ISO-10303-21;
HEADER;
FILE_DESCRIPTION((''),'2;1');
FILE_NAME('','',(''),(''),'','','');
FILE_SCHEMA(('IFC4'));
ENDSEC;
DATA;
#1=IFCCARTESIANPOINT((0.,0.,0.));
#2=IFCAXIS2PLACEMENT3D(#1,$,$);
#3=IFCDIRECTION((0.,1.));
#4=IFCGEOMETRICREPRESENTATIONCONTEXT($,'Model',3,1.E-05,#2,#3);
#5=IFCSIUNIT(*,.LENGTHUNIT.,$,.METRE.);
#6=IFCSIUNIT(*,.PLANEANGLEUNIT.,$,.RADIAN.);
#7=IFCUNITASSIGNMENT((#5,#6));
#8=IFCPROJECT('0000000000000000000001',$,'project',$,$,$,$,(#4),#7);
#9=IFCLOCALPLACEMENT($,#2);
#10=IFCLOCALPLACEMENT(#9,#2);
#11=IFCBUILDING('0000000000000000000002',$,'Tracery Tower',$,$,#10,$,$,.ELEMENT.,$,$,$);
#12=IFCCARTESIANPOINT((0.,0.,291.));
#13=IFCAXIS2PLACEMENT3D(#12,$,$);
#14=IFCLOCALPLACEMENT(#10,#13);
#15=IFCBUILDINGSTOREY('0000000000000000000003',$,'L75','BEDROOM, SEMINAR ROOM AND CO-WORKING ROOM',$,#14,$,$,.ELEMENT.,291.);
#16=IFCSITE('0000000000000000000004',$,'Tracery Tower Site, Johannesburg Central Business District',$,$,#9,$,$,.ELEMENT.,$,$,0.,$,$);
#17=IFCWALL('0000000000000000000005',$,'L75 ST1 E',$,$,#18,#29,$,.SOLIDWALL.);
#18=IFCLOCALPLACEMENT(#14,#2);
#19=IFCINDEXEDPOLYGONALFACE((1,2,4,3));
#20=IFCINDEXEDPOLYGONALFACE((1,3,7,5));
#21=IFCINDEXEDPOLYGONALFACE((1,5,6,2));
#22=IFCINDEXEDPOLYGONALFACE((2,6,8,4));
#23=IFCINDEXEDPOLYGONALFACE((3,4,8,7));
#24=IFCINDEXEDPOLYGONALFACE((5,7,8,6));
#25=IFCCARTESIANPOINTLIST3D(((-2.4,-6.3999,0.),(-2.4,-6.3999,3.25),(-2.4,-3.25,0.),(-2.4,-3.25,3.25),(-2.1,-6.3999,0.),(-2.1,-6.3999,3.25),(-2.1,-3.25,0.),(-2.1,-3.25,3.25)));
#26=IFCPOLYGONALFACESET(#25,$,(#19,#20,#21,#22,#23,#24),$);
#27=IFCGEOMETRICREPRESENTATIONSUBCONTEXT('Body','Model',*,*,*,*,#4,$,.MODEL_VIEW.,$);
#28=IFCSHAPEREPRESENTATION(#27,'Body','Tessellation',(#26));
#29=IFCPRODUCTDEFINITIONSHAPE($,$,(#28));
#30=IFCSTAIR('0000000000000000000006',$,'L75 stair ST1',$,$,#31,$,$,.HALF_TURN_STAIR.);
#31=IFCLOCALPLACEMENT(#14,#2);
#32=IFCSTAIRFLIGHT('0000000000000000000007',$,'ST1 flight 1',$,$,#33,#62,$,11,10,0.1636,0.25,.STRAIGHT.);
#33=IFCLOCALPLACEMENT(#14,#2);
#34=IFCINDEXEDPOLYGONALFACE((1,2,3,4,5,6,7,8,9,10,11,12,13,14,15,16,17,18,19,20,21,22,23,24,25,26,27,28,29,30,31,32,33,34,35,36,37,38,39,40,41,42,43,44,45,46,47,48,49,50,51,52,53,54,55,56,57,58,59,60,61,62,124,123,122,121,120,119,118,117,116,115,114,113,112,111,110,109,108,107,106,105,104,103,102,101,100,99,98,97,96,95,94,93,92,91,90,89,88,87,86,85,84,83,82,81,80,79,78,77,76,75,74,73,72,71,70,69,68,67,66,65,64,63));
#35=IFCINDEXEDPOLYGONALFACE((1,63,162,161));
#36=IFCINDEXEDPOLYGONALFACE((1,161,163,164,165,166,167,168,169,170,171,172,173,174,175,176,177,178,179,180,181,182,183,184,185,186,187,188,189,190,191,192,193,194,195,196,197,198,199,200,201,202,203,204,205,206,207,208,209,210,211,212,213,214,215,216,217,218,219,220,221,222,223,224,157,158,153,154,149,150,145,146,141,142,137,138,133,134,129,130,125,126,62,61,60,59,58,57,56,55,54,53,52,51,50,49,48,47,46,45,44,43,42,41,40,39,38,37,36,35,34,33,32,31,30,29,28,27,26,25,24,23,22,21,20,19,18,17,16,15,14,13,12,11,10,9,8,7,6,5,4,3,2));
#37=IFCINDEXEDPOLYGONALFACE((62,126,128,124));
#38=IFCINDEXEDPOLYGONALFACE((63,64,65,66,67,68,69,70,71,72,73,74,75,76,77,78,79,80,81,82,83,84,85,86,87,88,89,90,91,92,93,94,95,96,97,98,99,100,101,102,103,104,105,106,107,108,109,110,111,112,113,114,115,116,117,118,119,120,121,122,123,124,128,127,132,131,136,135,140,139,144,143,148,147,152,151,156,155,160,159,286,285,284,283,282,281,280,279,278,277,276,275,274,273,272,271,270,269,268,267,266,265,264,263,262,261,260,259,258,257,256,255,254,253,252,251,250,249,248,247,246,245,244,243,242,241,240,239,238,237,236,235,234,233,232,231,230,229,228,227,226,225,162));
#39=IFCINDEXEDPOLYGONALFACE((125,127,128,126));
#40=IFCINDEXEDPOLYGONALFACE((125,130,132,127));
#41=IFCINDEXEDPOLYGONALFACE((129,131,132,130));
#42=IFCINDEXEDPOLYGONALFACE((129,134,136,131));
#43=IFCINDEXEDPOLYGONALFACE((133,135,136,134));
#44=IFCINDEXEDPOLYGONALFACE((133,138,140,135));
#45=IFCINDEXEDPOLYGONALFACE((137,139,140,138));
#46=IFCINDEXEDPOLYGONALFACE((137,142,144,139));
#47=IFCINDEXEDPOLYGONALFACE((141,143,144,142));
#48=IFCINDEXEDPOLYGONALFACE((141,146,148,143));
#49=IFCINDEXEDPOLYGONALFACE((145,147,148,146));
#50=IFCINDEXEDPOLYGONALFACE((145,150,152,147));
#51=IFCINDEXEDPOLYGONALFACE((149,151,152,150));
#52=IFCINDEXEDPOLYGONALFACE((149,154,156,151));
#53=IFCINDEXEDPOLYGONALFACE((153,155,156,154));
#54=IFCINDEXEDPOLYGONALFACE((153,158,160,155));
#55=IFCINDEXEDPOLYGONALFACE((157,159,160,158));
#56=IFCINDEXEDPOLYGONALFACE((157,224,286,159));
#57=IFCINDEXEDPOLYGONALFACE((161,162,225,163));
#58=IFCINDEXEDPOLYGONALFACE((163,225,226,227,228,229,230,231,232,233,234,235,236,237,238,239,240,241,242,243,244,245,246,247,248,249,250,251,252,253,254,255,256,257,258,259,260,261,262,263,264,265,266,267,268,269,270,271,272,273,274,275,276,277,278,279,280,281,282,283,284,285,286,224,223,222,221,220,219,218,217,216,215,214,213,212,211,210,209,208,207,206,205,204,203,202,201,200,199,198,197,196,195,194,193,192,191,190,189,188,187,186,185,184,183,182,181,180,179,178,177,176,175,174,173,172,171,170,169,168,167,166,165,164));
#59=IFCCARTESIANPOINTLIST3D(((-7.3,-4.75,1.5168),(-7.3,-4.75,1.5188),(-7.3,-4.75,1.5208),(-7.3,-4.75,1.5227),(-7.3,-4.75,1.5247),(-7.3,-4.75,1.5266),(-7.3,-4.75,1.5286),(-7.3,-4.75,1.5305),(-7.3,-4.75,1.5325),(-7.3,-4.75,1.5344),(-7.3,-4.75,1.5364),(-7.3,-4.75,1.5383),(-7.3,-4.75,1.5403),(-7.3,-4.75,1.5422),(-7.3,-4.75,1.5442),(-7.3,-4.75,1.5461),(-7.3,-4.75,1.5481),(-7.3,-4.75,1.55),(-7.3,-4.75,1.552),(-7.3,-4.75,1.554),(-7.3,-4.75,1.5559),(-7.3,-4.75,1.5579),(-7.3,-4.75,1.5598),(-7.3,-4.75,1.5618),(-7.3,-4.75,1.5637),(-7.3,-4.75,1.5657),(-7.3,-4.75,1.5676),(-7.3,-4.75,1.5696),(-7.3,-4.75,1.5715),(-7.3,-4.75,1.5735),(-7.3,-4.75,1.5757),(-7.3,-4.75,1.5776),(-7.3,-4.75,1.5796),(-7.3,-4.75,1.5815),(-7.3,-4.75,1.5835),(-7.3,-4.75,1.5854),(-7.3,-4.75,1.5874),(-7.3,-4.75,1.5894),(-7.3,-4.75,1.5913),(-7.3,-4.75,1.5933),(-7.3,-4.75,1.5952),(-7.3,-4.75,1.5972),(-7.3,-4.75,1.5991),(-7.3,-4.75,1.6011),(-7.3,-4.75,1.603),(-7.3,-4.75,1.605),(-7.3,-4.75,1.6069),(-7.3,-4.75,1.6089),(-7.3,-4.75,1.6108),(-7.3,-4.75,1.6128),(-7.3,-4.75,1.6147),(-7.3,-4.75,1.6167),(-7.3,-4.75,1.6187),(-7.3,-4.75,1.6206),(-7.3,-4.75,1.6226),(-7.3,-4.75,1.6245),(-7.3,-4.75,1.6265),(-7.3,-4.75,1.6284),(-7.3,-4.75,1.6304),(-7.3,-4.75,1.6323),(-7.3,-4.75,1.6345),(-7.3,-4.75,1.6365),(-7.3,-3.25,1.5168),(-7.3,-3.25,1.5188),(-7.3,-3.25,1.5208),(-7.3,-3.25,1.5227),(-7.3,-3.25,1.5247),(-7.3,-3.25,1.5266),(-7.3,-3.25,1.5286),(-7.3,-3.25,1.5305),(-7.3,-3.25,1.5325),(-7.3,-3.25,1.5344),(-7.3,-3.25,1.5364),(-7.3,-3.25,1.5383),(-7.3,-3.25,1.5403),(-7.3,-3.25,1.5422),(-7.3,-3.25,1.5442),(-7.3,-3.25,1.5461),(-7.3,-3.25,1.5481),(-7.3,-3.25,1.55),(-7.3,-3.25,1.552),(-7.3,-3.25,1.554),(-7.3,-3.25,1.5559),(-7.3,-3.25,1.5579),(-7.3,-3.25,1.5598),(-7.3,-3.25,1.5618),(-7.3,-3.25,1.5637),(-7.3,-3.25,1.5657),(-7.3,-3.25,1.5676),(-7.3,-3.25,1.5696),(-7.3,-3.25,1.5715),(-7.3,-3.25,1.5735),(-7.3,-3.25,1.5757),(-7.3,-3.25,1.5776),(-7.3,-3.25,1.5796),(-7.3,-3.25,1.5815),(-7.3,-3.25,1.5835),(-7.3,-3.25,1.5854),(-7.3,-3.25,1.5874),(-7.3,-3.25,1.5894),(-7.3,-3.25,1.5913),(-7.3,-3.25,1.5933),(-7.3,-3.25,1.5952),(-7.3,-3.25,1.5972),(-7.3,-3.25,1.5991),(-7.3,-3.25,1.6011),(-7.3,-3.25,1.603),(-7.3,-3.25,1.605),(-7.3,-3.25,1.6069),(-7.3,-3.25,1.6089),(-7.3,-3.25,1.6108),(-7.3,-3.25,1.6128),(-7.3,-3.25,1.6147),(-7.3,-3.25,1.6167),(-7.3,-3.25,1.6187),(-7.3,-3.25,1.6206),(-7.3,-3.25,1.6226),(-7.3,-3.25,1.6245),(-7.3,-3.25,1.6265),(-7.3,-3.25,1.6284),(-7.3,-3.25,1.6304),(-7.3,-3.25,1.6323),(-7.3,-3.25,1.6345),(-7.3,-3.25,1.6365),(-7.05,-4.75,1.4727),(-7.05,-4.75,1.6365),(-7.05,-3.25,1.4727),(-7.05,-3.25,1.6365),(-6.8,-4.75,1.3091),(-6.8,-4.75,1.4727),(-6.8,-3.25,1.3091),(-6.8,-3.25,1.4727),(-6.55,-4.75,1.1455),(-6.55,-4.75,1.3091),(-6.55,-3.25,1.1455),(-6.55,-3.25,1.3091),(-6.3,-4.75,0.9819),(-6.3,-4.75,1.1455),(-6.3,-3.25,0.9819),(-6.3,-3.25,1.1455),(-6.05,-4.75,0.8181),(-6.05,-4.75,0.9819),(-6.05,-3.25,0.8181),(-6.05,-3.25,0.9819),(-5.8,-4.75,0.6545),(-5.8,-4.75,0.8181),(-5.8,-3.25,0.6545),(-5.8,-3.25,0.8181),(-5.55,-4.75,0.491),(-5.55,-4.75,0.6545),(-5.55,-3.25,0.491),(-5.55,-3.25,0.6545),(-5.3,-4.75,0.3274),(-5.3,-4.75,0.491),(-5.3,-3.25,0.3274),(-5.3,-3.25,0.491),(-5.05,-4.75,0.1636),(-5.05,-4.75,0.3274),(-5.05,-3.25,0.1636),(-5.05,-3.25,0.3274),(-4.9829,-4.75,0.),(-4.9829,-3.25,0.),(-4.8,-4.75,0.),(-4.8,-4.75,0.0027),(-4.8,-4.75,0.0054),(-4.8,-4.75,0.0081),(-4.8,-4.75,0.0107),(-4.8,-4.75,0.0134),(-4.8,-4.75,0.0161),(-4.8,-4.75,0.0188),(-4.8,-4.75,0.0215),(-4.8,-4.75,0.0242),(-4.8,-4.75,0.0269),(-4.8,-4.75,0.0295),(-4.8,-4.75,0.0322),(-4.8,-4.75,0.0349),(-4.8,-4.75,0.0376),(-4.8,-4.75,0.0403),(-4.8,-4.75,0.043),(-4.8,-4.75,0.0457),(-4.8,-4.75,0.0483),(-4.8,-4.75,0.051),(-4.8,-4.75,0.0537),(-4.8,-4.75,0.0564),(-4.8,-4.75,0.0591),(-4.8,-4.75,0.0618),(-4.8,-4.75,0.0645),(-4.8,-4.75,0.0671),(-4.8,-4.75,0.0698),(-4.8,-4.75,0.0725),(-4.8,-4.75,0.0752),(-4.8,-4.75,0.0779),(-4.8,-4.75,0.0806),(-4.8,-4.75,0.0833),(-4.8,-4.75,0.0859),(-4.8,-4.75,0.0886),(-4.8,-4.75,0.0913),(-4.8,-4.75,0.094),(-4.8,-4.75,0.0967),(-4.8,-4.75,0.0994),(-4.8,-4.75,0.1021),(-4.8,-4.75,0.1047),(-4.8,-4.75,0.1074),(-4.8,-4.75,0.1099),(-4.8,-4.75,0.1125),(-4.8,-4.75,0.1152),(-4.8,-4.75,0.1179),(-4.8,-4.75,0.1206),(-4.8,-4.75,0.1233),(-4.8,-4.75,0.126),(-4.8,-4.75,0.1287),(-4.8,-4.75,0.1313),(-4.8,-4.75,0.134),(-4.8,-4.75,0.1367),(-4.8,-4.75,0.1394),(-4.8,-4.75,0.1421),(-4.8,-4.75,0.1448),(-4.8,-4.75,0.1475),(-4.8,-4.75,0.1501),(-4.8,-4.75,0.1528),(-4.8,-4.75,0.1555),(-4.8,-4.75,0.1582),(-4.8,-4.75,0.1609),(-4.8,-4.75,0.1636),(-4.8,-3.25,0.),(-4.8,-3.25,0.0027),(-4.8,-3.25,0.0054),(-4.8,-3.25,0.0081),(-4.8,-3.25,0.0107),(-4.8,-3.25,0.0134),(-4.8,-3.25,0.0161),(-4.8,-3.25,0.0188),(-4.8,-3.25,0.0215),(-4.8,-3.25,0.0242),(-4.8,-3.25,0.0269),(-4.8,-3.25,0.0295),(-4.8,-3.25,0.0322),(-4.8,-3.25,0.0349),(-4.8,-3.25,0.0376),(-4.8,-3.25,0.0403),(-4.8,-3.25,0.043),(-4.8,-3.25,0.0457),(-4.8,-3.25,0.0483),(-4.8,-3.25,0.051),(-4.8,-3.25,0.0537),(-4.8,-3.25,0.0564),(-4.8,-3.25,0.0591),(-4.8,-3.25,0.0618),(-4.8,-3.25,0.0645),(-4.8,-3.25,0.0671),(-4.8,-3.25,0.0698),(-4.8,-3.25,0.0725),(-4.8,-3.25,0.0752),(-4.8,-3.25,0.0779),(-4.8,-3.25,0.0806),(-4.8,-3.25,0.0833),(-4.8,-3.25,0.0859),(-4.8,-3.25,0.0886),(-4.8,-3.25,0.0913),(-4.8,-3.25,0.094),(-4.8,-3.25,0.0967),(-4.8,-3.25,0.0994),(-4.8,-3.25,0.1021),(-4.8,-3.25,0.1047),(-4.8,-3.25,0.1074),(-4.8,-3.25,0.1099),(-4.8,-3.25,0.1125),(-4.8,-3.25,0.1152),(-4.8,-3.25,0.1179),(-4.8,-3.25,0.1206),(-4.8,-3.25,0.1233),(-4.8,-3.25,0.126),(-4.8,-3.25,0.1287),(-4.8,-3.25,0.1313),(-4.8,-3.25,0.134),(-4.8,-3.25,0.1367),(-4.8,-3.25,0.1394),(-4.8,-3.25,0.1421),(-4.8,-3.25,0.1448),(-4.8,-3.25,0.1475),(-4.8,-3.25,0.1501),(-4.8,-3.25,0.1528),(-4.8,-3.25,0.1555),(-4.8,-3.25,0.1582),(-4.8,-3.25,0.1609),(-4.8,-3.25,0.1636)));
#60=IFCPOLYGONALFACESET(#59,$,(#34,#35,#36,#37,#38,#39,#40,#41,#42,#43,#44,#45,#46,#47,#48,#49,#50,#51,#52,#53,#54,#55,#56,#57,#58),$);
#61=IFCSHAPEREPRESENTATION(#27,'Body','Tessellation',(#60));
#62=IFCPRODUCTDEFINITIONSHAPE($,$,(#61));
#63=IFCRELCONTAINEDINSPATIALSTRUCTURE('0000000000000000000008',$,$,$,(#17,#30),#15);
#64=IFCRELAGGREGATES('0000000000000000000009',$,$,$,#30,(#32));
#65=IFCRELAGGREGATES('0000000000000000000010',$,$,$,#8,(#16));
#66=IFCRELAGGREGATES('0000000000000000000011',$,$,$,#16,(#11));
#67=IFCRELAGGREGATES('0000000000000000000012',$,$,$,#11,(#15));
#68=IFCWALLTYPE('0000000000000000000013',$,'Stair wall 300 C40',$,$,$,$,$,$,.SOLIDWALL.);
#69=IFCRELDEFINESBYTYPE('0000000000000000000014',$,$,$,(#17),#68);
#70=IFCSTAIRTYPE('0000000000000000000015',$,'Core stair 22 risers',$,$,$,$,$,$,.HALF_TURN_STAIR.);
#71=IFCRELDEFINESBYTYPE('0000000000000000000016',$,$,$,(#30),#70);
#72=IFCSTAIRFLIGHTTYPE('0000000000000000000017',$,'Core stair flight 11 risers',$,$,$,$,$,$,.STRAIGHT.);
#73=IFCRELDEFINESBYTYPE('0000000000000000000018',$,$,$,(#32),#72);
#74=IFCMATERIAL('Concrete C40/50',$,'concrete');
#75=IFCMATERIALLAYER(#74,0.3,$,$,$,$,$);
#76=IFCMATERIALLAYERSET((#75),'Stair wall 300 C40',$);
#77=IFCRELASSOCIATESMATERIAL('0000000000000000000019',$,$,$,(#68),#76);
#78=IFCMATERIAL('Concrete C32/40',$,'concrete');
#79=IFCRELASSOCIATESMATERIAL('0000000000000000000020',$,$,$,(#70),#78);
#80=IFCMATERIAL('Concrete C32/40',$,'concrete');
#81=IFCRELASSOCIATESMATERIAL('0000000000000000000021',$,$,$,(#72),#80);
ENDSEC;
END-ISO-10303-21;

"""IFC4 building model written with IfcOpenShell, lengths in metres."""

from ifc_helpers import new_model, si_unit, direction, frame, frame_2d, origin, place, context, subcontext, project, spatial, polyline, rectangle, outline, extrude, material, layer, layer_set, type_object, element, aggregate, save


model = new_model("IFC4")

# Units and contexts
model_context = context("Model", 3, precision=1e-05, world=origin(), true_north=direction((0.0, 1.0)))
body_context = subcontext(model_context, "Body", "Model", "MODEL_VIEW")
ifc_project = project(units=[si_unit("LENGTHUNIT", "METRE"), si_unit("PLANEANGLEUNIT", "RADIAN")], contexts=[model_context])

# Site, building, storey
site_placement = place(None, origin())
site = spatial("IfcSite", under=ifc_project, at=site_placement, Name="Tracery Tower Site, Johannesburg Central Business District", CompositionType="ELEMENT", RefElevation=0.0)
building_placement = place(site_placement, origin())
building = spatial("IfcBuilding", under=site, at=building_placement, Name="Tracery Tower", CompositionType="ELEMENT")
storey_placement = place(building_placement, frame((0.0, 0.0, 291.0)))
storey = spatial("IfcBuildingStorey", under=building, at=storey_placement, Name="L75", Description="BEDROOM, SEMINAR ROOM AND CO-WORKING ROOM", CompositionType="ELEMENT", Elevation=291.0)

# Shared definitions
ifc_material_1 = material(Name="Concrete C40/50", Category="concrete")
ifc_layer_1 = layer(ifc_material_1, 0.3)
ifc_layer_set_1 = layer_set([ifc_layer_1], Name="Stair wall 300 C40")
wall_type_1 = type_object("IfcWallType", Name="Stair wall 300 C40", PredefinedType="SOLIDWALL", material=ifc_layer_set_1)

# Wall
wall_1_placement = place(storey_placement, frame((-2.25, -6.3999, 0.0), z_axis=(0.0, 0.0, 1.0), x_axis=(0.0, 1.0, 0.0)))
element("IfcWall", 1, at=wall_1_placement, inside=storey, type_object=wall_type_1, Name="L75 ST1 E", PredefinedType="SOLIDWALL", context=body_context, shape_type="SweptSolid", body=[
    extrude(rectangle(XDim=3.1499, YDim=0.3, at=frame_2d((1.575, 0.0))), origin(), (0.0, 0.0, 1.0), 3.25),
])

# Stair, stair flight
ifc_material_2 = material(Name="Concrete C32/40", Category="concrete")
stair_type = type_object("IfcStairType", Name="Core stair 22 risers", PredefinedType="HALF_TURN_STAIR", material=ifc_material_2)
stair_placement = place(storey_placement, origin())
stair = element("IfcStair", 2, at=stair_placement, inside=storey, type_object=stair_type, Name="L75 stair ST1", PredefinedType="HALF_TURN_STAIR")
ifc_material_3 = material(Name="Concrete C32/40", Category="concrete")
stair_flight_type = type_object("IfcStairFlightType", Name="Core stair flight 11 risers", PredefinedType="STRAIGHT", material=ifc_material_3)
stair_flight_1_placement = place(storey_placement, frame((-4.8, -4.0, 0.0), z_axis=(0.0, 0.0, 1.0), x_axis=(-1.0, 0.0, 0.0)))
stair_flight_1 = element("IfcStairFlight", 3, at=stair_flight_1_placement, type_object=stair_flight_type, Name="ST1 flight 1", NumberOfRisers=11, NumberOfTreads=10, PredefinedType="STRAIGHT", RiserHeight=0.1636, TreadLength=0.25, context=body_context, shape_type="SweptSolid", body=[
    extrude(outline(polyline([(0.0, 0.0), (0.0, 0.0027), (0.0, 0.0054), (0.0, 0.0081), (0.0, 0.0107), (0.0, 0.0134), (0.0, 0.0161), (0.0, 0.0188), (0.0, 0.0215), (0.0, 0.0242), (0.0, 0.0269), (0.0, 0.0295), (0.0, 0.0322), (0.0, 0.0349), (0.0, 0.0376), (0.0, 0.0403), (0.0, 0.043), (0.0, 0.0457), (0.0, 0.0483), (0.0, 0.051), (0.0, 0.0537), (0.0, 0.0564), (0.0, 0.0591), (0.0, 0.0618), (0.0, 0.0645), (0.0, 0.0671), (0.0, 0.0698), (0.0, 0.0725), (0.0, 0.0752), (0.0, 0.0779), (0.0, 0.0806), (0.0, 0.0833), (0.0, 0.0859), (0.0, 0.0886), (0.0, 0.0913), (0.0, 0.094), (0.0, 0.0967), (0.0, 0.0994), (0.0, 0.1021), (0.0, 0.1047), (0.0, 0.1074), (0.0, 0.1099), (0.0, 0.1125), (0.0, 0.1152), (0.0, 0.1179), (0.0, 0.1206), (0.0, 0.1233), (0.0, 0.126), (0.0, 0.1287), (0.0, 0.1313), (0.0, 0.134), (0.0, 0.1367), (0.0, 0.1394), (0.0, 0.1421), (0.0, 0.1448), (0.0, 0.1475), (0.0, 0.1501), (0.0, 0.1528), (0.0, 0.1555), (0.0, 0.1582), (0.0, 0.1609), (0.0, 0.1636), (0.25, 0.1636), (0.25, 0.3274), (0.5, 0.3274), (0.5, 0.491), (0.75, 0.491), (0.75, 0.6545), (1.0, 0.6545), (1.0, 0.8181), (1.25, 0.8181), (1.25, 0.9819), (1.5, 0.9819), (1.5, 1.1455), (1.75, 1.1455), (1.75, 1.3091), (2.0, 1.3091), (2.0, 1.4727), (2.25, 1.4727), (2.25, 1.6365), (2.5, 1.6365), (2.5, 1.6345), (2.5, 1.6323), (2.5, 1.6304), (2.5, 1.6284), (2.5, 1.6265), (2.5, 1.6245), (2.5, 1.6226), (2.5, 1.6206), (2.5, 1.6187), (2.5, 1.6167), (2.5, 1.6147), (2.5, 1.6128), (2.5, 1.6108), (2.5, 1.6089), (2.5, 1.6069), (2.5, 1.605), (2.5, 1.603), (2.5, 1.6011), (2.5, 1.5991), (2.5, 1.5972), (2.5, 1.5952), (2.5, 1.5933), (2.5, 1.5913), (2.5, 1.5894), (2.5, 1.5874), (2.5, 1.5854), (2.5, 1.5835), (2.5, 1.5815), (2.5, 1.5796), (2.5, 1.5776), (2.5, 1.5757), (2.5, 1.5735), (2.5, 1.5715), (2.5, 1.5696), (2.5, 1.5676), (2.5, 1.5657), (2.5, 1.5637), (2.5, 1.5618), (2.5, 1.5598), (2.5, 1.5579), (2.5, 1.5559), (2.5, 1.554), (2.5, 1.552), (2.5, 1.55), (2.5, 1.5481), (2.5, 1.5461), (2.5, 1.5442), (2.5, 1.5422), (2.5, 1.5403), (2.5, 1.5383), (2.5, 1.5364), (2.5, 1.5344), (2.5, 1.5325), (2.5, 1.5305), (2.5, 1.5286), (2.5, 1.5266), (2.5, 1.5247), (2.5, 1.5227), (2.5, 1.5208), (2.5, 1.5188), (2.5, 1.5168), (0.1829, 0.0), (0.0, 0.0)])), frame((0.0, 0.75, 0.0), z_axis=(0.0, -1.0, 0.0), x_axis=(1.0, 0.0, 0.0)), (0.0, 0.0, 1.0), 1.5),
])
aggregate(stair, [stair_flight_1])

save(model, "model.ifc")
